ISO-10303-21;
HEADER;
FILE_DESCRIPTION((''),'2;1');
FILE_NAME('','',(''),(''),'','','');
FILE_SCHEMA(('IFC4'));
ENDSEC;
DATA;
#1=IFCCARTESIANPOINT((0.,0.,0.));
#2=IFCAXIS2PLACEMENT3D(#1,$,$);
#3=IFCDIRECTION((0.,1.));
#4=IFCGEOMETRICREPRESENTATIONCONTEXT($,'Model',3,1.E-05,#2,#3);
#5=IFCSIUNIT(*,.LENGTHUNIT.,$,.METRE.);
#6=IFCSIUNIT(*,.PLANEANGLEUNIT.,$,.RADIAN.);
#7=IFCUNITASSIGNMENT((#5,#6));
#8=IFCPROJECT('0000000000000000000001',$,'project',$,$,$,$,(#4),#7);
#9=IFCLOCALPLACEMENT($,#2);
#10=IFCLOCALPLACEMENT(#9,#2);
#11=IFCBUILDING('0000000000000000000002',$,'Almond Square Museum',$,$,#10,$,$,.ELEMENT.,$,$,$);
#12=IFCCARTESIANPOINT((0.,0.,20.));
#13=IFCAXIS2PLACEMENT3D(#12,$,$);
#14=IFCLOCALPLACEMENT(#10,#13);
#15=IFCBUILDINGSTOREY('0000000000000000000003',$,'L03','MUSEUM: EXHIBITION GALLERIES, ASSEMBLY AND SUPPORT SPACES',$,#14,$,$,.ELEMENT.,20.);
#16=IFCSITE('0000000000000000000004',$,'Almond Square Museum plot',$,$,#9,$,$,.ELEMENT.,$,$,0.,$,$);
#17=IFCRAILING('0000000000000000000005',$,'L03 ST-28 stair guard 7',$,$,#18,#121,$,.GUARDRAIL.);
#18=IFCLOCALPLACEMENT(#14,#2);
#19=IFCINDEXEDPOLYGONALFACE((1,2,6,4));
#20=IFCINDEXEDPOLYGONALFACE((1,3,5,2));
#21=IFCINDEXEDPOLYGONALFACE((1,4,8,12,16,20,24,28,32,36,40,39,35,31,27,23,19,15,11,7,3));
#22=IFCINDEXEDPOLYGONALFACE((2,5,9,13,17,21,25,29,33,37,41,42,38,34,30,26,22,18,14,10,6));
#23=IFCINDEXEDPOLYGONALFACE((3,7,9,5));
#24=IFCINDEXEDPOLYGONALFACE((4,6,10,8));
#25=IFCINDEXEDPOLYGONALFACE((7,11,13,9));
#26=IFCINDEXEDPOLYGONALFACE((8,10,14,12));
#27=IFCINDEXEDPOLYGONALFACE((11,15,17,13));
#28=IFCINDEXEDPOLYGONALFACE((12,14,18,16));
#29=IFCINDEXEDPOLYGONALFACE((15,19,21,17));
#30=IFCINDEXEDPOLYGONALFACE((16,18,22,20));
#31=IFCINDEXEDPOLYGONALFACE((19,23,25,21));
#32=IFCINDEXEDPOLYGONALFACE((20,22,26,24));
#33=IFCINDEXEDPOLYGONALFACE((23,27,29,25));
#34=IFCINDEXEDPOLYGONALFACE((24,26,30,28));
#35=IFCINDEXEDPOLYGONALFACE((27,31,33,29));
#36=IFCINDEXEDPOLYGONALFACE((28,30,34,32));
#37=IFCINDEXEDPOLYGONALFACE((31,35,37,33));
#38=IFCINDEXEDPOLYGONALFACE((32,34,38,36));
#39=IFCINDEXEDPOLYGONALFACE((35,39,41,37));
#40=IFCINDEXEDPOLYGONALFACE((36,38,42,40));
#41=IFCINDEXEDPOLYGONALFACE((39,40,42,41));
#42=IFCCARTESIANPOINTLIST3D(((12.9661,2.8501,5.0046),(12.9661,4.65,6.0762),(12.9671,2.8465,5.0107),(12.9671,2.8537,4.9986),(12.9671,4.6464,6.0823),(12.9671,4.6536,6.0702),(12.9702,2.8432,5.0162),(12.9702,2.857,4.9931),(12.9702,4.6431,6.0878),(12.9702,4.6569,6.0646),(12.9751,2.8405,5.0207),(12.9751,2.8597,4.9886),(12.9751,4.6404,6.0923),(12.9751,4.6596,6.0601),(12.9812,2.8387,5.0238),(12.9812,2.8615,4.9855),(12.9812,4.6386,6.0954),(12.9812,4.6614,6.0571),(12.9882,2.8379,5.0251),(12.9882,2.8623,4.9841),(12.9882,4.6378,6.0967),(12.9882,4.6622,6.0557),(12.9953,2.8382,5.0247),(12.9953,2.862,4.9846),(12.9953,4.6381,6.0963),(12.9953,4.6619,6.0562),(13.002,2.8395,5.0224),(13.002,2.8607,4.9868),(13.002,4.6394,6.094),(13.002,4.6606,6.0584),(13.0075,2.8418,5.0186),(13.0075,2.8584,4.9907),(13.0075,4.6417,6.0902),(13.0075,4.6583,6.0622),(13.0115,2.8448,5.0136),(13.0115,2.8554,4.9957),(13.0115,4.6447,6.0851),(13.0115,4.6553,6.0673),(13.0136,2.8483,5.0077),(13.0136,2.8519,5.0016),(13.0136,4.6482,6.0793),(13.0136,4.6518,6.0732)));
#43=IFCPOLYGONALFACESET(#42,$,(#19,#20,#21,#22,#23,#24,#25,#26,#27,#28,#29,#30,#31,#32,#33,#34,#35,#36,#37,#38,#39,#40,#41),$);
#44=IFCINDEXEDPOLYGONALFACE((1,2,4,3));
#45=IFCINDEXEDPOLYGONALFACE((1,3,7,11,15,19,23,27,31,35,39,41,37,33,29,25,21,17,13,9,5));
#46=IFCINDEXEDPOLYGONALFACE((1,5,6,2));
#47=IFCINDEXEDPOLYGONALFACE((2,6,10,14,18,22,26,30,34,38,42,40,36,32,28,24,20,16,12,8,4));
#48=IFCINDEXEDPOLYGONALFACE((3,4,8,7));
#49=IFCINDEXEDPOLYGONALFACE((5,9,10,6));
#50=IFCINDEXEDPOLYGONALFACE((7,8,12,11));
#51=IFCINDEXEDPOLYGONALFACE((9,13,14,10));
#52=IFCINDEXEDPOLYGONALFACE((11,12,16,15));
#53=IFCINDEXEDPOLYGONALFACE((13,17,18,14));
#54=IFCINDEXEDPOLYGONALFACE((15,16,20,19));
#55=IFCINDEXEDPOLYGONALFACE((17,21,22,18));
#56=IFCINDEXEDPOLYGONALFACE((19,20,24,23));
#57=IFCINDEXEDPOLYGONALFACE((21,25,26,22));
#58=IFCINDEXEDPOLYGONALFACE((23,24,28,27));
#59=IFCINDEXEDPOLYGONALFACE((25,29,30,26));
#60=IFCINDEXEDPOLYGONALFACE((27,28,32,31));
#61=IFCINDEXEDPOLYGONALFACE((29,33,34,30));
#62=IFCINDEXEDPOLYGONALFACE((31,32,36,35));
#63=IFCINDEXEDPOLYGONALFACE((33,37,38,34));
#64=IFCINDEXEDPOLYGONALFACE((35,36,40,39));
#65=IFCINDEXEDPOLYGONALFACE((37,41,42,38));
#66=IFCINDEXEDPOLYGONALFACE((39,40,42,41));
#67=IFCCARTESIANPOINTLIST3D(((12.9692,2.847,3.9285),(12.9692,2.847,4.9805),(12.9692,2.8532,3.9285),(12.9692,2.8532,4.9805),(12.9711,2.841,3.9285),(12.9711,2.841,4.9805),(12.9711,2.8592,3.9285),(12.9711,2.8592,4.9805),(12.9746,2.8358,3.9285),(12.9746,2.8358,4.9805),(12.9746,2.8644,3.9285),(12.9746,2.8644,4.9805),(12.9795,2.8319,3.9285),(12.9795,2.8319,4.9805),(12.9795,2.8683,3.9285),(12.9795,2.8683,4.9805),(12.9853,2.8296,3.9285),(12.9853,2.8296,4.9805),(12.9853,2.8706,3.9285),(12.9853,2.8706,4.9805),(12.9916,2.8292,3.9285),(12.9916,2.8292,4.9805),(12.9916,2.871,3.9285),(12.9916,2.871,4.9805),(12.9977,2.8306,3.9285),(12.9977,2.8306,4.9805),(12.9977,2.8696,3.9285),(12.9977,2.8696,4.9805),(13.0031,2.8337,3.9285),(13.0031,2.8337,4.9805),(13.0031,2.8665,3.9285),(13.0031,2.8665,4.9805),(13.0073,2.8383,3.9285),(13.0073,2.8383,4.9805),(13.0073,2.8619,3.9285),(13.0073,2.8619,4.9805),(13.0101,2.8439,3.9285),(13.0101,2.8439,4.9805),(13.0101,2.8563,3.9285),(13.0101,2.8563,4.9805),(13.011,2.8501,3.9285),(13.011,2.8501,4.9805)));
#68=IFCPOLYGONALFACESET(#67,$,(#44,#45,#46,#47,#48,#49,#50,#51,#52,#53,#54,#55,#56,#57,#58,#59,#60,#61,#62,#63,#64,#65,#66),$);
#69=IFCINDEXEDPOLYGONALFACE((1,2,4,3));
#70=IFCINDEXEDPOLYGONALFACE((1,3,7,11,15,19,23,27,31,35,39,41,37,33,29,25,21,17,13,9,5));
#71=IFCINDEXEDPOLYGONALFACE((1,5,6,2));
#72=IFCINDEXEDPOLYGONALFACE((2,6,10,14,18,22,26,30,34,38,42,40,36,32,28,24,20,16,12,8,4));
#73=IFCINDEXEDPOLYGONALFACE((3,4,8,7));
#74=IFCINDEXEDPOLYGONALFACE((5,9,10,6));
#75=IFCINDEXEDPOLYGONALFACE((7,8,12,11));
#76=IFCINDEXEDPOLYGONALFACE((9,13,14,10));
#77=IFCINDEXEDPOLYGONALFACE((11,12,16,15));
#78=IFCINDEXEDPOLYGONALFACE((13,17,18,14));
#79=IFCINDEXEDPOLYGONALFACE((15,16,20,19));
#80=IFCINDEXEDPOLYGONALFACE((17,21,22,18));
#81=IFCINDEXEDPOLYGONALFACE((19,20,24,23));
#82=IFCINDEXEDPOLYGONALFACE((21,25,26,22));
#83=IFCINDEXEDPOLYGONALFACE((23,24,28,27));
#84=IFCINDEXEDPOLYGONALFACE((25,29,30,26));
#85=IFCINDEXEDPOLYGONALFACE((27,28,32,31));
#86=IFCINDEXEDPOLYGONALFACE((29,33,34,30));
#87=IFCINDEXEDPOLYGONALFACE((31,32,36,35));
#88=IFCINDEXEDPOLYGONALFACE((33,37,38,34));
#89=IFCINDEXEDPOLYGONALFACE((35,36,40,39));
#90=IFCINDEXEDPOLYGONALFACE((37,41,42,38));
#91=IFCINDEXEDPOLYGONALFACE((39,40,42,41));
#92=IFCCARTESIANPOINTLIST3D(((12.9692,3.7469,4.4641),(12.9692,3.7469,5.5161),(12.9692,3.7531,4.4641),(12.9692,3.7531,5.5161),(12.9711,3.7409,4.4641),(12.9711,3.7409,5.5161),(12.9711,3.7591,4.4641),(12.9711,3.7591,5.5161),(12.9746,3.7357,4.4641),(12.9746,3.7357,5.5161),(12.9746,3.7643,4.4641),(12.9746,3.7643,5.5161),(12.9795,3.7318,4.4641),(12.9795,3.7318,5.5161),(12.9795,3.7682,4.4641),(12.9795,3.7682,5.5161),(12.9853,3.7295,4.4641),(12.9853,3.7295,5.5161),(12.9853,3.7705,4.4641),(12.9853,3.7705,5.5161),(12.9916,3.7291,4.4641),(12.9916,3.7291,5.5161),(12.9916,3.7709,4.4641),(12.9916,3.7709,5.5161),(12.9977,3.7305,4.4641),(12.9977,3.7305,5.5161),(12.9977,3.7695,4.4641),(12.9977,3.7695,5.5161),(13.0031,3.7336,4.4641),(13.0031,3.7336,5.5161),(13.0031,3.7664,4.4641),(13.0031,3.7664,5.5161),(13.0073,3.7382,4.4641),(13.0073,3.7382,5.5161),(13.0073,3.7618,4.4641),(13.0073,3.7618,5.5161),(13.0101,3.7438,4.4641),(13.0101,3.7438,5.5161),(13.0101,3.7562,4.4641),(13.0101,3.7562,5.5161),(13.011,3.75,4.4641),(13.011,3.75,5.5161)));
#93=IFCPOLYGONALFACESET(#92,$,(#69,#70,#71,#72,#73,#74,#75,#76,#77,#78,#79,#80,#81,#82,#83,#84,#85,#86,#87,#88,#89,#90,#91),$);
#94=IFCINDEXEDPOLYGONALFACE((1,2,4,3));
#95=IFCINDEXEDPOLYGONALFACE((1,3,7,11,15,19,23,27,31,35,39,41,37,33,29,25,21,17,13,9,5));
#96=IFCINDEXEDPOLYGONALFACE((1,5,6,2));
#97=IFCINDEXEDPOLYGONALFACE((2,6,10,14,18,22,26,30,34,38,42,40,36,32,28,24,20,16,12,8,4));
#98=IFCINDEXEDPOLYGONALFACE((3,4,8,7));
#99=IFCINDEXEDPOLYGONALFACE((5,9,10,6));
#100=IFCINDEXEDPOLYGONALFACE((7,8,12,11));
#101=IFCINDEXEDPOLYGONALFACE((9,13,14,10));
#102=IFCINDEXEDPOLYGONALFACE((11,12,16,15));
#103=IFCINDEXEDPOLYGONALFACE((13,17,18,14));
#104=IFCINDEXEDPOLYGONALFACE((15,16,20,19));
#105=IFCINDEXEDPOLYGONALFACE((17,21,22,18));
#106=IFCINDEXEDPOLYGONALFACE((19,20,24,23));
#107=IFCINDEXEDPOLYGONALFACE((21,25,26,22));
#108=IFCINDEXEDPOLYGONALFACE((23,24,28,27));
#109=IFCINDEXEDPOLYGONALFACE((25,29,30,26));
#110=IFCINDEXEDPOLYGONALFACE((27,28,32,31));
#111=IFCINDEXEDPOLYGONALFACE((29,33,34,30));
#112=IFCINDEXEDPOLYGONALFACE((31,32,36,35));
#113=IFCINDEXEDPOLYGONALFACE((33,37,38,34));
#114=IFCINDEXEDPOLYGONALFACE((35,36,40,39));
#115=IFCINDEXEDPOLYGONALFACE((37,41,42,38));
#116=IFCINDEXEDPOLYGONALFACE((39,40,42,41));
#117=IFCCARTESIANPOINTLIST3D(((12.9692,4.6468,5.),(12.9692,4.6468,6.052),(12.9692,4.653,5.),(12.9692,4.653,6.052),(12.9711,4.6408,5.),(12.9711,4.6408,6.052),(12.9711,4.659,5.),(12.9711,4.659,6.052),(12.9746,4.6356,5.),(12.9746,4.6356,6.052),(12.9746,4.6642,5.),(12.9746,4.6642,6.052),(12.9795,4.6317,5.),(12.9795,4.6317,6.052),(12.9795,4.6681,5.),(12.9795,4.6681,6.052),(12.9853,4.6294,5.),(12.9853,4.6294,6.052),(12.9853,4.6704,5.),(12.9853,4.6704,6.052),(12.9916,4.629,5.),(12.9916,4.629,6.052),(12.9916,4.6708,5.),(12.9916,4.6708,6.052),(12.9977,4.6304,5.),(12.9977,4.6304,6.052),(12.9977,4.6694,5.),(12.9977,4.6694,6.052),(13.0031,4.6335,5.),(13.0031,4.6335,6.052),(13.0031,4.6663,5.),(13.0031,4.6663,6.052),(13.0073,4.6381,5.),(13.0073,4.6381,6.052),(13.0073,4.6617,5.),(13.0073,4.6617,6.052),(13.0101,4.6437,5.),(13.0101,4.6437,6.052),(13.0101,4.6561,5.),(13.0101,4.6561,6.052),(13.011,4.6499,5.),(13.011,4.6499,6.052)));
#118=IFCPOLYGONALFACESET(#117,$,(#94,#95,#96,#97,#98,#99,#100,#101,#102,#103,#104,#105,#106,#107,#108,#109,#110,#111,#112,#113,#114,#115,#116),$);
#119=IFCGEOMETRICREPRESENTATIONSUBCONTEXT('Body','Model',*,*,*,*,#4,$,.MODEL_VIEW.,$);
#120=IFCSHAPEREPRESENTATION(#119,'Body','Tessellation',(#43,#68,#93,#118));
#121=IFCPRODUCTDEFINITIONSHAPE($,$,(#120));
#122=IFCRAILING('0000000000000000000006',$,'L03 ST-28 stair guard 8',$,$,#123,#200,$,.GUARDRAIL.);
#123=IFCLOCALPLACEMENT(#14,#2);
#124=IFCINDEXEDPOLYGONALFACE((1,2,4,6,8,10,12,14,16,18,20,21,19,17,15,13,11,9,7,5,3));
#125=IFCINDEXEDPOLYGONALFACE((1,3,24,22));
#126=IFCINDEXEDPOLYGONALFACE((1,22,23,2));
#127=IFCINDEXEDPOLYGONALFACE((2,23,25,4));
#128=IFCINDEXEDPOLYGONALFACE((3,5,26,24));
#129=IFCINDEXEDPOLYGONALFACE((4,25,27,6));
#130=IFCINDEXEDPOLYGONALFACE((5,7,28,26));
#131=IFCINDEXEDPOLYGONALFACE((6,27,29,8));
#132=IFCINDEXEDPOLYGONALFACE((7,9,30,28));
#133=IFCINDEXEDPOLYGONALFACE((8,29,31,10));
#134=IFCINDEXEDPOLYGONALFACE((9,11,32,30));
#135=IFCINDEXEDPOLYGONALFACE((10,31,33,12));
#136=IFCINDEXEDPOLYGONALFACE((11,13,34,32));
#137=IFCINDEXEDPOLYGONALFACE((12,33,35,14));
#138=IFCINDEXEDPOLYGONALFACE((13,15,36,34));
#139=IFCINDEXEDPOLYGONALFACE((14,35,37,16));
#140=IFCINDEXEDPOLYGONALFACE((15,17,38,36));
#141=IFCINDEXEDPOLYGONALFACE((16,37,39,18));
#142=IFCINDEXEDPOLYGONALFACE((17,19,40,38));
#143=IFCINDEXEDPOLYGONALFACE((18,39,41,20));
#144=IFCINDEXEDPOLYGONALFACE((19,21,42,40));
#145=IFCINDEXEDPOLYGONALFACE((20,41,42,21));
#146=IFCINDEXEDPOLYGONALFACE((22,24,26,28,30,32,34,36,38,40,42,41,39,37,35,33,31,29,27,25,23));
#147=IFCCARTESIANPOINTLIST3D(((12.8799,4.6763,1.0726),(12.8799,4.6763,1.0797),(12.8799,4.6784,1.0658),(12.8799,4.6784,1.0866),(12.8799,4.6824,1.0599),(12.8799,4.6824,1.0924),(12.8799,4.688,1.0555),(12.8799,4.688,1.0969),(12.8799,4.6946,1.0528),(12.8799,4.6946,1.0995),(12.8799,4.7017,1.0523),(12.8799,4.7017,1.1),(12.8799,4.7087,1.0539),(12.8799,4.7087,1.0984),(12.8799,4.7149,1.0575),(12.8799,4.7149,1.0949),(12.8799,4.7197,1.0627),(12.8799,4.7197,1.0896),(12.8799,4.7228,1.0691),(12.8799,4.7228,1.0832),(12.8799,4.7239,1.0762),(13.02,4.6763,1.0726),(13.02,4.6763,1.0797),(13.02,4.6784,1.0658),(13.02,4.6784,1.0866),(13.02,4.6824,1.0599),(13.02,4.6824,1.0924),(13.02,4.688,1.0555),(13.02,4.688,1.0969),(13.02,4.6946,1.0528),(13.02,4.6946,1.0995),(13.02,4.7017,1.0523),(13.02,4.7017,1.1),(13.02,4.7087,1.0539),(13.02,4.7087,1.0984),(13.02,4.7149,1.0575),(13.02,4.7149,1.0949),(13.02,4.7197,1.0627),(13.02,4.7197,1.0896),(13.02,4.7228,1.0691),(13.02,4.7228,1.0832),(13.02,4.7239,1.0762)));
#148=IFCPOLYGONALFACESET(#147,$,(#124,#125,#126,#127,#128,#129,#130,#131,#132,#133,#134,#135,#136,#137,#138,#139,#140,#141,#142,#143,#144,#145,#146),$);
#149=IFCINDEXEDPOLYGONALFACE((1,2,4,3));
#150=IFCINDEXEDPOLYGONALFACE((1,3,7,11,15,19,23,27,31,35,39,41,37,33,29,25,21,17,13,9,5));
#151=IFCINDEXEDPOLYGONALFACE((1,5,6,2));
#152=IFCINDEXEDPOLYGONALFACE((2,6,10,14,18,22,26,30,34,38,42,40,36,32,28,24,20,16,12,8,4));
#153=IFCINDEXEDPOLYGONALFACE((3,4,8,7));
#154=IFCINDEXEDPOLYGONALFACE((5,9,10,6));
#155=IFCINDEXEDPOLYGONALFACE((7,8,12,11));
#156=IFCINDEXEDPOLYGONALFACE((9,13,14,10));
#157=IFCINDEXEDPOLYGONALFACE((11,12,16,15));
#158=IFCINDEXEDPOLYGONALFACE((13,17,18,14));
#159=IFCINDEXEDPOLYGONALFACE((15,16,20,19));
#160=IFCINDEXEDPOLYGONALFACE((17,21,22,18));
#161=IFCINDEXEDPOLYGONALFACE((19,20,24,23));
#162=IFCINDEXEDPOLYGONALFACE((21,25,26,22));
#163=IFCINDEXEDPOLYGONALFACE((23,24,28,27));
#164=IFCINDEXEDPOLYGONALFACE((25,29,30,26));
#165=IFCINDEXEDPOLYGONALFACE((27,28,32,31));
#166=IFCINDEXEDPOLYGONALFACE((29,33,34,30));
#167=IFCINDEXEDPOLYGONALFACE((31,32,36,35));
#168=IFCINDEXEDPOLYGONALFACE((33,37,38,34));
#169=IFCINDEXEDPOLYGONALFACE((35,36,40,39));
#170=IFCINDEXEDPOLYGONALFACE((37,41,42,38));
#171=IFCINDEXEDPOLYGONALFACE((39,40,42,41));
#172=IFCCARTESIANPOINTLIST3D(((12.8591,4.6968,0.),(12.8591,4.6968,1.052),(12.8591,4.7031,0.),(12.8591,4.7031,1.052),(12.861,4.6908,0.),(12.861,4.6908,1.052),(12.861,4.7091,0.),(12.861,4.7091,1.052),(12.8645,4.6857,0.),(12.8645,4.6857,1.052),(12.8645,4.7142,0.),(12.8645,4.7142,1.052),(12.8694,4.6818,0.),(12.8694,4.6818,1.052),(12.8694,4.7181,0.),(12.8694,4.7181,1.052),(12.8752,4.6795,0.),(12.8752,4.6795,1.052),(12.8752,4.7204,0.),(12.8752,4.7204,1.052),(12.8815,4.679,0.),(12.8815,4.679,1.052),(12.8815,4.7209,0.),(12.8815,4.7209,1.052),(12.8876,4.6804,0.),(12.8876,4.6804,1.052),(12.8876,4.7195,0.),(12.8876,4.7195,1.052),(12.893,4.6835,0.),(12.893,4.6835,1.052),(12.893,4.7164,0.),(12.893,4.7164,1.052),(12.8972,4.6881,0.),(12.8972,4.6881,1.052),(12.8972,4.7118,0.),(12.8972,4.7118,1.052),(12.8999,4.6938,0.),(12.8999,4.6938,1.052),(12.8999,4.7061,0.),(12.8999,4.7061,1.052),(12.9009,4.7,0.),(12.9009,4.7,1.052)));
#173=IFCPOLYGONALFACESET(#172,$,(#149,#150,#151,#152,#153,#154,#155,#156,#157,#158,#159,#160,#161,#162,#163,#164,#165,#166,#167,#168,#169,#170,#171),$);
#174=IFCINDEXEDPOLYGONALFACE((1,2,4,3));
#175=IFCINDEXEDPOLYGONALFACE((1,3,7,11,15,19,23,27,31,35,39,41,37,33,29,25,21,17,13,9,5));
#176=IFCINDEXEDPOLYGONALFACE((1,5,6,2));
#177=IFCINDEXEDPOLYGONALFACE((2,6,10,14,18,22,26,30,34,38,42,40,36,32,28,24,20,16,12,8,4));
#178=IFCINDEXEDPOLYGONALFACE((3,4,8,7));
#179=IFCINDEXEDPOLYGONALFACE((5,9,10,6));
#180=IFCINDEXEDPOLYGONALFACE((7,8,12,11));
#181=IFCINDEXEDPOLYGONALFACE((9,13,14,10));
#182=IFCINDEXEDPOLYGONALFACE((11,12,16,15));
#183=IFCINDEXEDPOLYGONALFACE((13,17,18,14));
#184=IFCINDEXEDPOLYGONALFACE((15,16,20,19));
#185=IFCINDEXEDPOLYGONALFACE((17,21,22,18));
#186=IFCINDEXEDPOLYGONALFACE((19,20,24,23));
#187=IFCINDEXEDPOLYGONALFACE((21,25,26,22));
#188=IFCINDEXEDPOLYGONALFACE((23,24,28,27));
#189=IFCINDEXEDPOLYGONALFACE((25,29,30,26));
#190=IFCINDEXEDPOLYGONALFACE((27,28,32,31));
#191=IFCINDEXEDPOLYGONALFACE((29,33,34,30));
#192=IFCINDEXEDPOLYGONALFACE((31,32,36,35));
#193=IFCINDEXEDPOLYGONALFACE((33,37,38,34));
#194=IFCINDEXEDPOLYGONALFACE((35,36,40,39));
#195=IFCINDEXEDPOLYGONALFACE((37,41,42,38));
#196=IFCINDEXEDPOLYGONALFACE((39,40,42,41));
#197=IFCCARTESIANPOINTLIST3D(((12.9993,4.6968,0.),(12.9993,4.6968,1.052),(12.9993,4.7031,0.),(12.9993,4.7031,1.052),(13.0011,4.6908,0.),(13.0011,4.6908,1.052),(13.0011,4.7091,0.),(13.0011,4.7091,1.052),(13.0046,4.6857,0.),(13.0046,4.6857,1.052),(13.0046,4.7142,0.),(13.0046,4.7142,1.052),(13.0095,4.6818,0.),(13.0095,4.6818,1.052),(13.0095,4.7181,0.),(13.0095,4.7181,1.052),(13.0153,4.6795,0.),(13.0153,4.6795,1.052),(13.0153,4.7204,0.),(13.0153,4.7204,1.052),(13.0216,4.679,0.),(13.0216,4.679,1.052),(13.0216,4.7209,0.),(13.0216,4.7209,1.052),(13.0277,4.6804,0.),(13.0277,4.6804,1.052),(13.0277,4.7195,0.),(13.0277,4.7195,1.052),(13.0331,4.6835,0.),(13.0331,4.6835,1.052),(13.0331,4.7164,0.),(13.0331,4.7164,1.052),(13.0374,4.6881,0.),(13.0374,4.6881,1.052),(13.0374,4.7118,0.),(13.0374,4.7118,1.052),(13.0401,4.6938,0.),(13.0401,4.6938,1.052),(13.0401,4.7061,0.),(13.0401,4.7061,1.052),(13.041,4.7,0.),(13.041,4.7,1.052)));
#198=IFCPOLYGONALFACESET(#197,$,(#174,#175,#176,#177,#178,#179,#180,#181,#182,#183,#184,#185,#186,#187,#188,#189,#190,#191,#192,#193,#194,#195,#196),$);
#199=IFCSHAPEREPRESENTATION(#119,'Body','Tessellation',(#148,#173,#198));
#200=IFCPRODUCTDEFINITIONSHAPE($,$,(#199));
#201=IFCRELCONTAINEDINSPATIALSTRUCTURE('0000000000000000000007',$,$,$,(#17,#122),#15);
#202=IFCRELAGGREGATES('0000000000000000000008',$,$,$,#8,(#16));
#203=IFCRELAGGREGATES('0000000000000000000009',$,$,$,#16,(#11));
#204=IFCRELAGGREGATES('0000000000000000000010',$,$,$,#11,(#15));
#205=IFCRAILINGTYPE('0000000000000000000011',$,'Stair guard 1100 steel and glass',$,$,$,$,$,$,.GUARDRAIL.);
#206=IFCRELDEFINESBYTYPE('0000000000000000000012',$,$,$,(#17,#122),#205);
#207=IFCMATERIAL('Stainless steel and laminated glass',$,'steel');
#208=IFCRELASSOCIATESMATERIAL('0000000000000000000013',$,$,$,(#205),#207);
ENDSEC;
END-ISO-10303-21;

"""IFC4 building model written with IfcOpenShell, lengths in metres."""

from ifc_helpers import new_model, si_unit, direction, frame, origin, origin_2d, place, context, subcontext, project, spatial, circle, extrude, material, type_object, element, save


model = new_model("IFC4")

# Units and contexts
model_context = context("Model", 3, precision=1e-05, world=origin(), true_north=direction((0.0, 1.0)))
body_context = subcontext(model_context, "Body", "Model", "MODEL_VIEW")
ifc_project = project(units=[si_unit("LENGTHUNIT", "METRE"), si_unit("PLANEANGLEUNIT", "RADIAN")], contexts=[model_context])

# Site, building, storey
site_placement = place(None, origin())
site = spatial("IfcSite", under=ifc_project, at=site_placement, Name="Almond Square Museum plot", CompositionType="ELEMENT", RefElevation=0.0)
building_placement = place(site_placement, origin())
building = spatial("IfcBuilding", under=site, at=building_placement, Name="Almond Square Museum", CompositionType="ELEMENT")
storey_placement = place(building_placement, frame((0.0, 0.0, 20.0)))
storey = spatial("IfcBuildingStorey", under=building, at=storey_placement, Name="L03", Description="MUSEUM: EXHIBITION GALLERIES, ASSEMBLY AND SUPPORT SPACES", CompositionType="ELEMENT", Elevation=20.0)

# Railings
ifc_material_1 = material(Name="Stainless steel and laminated glass", Category="steel")
railing_type_1 = type_object("IfcRailingType", Name="Stair guard 1100 steel and glass", PredefinedType="GUARDRAIL", material=ifc_material_1)
railing_1_placement = place(storey_placement, frame((12.99, 2.8501, 3.9285)))
element("IfcRailing", 1, at=railing_1_placement, inside=storey, type_object=railing_type_1, Name="L03 ST-28 stair guard 7", PredefinedType="GUARDRAIL", context=body_context, shape_type="SweptSolid", body=[
    extrude(circle(Radius=0.0239, at=origin_2d()), frame((0.0, 0.0, 1.0762), z_axis=(0.0, 0.859247, 0.511562), x_axis=(-1.0, 0.0, 0.0)), (0.0, 0.0, 1.0), 2.0947),
    extrude(circle(Radius=0.021, at=origin_2d()), origin(), (0.0, 0.0, 1.0), 1.052),
    extrude(circle(Radius=0.021, at=origin_2d()), frame((0.0, 0.8999, 0.5356)), (0.0, 0.0, 1.0), 1.052),
    extrude(circle(Radius=0.021, at=origin_2d()), frame((0.0, 1.7998, 1.0715)), (0.0, 0.0, 1.0), 1.052),
])
railing_2_placement = place(storey_placement, frame((12.8799, 4.7, 0.0)))
element("IfcRailing", 2, at=railing_2_placement, inside=storey, type_object=railing_type_1, Name="L03 ST-28 stair guard 8", PredefinedType="GUARDRAIL", context=body_context, shape_type="SweptSolid", body=[
    extrude(circle(Radius=0.0239, at=origin_2d()), frame((0.0, 0.0, 1.0762), z_axis=(1.0, 0.0, 0.0), x_axis=(0.0, 1.0, 0.0)), (0.0, 0.0, 1.0), 0.1401),
    extrude(circle(Radius=0.021, at=origin_2d()), origin(), (0.0, 0.0, 1.0), 1.052),
    extrude(circle(Radius=0.021, at=origin_2d()), frame((0.1401, 0.0, 0.0)), (0.0, 0.0, 1.0), 1.052),
])

save(model, "model.ifc")
